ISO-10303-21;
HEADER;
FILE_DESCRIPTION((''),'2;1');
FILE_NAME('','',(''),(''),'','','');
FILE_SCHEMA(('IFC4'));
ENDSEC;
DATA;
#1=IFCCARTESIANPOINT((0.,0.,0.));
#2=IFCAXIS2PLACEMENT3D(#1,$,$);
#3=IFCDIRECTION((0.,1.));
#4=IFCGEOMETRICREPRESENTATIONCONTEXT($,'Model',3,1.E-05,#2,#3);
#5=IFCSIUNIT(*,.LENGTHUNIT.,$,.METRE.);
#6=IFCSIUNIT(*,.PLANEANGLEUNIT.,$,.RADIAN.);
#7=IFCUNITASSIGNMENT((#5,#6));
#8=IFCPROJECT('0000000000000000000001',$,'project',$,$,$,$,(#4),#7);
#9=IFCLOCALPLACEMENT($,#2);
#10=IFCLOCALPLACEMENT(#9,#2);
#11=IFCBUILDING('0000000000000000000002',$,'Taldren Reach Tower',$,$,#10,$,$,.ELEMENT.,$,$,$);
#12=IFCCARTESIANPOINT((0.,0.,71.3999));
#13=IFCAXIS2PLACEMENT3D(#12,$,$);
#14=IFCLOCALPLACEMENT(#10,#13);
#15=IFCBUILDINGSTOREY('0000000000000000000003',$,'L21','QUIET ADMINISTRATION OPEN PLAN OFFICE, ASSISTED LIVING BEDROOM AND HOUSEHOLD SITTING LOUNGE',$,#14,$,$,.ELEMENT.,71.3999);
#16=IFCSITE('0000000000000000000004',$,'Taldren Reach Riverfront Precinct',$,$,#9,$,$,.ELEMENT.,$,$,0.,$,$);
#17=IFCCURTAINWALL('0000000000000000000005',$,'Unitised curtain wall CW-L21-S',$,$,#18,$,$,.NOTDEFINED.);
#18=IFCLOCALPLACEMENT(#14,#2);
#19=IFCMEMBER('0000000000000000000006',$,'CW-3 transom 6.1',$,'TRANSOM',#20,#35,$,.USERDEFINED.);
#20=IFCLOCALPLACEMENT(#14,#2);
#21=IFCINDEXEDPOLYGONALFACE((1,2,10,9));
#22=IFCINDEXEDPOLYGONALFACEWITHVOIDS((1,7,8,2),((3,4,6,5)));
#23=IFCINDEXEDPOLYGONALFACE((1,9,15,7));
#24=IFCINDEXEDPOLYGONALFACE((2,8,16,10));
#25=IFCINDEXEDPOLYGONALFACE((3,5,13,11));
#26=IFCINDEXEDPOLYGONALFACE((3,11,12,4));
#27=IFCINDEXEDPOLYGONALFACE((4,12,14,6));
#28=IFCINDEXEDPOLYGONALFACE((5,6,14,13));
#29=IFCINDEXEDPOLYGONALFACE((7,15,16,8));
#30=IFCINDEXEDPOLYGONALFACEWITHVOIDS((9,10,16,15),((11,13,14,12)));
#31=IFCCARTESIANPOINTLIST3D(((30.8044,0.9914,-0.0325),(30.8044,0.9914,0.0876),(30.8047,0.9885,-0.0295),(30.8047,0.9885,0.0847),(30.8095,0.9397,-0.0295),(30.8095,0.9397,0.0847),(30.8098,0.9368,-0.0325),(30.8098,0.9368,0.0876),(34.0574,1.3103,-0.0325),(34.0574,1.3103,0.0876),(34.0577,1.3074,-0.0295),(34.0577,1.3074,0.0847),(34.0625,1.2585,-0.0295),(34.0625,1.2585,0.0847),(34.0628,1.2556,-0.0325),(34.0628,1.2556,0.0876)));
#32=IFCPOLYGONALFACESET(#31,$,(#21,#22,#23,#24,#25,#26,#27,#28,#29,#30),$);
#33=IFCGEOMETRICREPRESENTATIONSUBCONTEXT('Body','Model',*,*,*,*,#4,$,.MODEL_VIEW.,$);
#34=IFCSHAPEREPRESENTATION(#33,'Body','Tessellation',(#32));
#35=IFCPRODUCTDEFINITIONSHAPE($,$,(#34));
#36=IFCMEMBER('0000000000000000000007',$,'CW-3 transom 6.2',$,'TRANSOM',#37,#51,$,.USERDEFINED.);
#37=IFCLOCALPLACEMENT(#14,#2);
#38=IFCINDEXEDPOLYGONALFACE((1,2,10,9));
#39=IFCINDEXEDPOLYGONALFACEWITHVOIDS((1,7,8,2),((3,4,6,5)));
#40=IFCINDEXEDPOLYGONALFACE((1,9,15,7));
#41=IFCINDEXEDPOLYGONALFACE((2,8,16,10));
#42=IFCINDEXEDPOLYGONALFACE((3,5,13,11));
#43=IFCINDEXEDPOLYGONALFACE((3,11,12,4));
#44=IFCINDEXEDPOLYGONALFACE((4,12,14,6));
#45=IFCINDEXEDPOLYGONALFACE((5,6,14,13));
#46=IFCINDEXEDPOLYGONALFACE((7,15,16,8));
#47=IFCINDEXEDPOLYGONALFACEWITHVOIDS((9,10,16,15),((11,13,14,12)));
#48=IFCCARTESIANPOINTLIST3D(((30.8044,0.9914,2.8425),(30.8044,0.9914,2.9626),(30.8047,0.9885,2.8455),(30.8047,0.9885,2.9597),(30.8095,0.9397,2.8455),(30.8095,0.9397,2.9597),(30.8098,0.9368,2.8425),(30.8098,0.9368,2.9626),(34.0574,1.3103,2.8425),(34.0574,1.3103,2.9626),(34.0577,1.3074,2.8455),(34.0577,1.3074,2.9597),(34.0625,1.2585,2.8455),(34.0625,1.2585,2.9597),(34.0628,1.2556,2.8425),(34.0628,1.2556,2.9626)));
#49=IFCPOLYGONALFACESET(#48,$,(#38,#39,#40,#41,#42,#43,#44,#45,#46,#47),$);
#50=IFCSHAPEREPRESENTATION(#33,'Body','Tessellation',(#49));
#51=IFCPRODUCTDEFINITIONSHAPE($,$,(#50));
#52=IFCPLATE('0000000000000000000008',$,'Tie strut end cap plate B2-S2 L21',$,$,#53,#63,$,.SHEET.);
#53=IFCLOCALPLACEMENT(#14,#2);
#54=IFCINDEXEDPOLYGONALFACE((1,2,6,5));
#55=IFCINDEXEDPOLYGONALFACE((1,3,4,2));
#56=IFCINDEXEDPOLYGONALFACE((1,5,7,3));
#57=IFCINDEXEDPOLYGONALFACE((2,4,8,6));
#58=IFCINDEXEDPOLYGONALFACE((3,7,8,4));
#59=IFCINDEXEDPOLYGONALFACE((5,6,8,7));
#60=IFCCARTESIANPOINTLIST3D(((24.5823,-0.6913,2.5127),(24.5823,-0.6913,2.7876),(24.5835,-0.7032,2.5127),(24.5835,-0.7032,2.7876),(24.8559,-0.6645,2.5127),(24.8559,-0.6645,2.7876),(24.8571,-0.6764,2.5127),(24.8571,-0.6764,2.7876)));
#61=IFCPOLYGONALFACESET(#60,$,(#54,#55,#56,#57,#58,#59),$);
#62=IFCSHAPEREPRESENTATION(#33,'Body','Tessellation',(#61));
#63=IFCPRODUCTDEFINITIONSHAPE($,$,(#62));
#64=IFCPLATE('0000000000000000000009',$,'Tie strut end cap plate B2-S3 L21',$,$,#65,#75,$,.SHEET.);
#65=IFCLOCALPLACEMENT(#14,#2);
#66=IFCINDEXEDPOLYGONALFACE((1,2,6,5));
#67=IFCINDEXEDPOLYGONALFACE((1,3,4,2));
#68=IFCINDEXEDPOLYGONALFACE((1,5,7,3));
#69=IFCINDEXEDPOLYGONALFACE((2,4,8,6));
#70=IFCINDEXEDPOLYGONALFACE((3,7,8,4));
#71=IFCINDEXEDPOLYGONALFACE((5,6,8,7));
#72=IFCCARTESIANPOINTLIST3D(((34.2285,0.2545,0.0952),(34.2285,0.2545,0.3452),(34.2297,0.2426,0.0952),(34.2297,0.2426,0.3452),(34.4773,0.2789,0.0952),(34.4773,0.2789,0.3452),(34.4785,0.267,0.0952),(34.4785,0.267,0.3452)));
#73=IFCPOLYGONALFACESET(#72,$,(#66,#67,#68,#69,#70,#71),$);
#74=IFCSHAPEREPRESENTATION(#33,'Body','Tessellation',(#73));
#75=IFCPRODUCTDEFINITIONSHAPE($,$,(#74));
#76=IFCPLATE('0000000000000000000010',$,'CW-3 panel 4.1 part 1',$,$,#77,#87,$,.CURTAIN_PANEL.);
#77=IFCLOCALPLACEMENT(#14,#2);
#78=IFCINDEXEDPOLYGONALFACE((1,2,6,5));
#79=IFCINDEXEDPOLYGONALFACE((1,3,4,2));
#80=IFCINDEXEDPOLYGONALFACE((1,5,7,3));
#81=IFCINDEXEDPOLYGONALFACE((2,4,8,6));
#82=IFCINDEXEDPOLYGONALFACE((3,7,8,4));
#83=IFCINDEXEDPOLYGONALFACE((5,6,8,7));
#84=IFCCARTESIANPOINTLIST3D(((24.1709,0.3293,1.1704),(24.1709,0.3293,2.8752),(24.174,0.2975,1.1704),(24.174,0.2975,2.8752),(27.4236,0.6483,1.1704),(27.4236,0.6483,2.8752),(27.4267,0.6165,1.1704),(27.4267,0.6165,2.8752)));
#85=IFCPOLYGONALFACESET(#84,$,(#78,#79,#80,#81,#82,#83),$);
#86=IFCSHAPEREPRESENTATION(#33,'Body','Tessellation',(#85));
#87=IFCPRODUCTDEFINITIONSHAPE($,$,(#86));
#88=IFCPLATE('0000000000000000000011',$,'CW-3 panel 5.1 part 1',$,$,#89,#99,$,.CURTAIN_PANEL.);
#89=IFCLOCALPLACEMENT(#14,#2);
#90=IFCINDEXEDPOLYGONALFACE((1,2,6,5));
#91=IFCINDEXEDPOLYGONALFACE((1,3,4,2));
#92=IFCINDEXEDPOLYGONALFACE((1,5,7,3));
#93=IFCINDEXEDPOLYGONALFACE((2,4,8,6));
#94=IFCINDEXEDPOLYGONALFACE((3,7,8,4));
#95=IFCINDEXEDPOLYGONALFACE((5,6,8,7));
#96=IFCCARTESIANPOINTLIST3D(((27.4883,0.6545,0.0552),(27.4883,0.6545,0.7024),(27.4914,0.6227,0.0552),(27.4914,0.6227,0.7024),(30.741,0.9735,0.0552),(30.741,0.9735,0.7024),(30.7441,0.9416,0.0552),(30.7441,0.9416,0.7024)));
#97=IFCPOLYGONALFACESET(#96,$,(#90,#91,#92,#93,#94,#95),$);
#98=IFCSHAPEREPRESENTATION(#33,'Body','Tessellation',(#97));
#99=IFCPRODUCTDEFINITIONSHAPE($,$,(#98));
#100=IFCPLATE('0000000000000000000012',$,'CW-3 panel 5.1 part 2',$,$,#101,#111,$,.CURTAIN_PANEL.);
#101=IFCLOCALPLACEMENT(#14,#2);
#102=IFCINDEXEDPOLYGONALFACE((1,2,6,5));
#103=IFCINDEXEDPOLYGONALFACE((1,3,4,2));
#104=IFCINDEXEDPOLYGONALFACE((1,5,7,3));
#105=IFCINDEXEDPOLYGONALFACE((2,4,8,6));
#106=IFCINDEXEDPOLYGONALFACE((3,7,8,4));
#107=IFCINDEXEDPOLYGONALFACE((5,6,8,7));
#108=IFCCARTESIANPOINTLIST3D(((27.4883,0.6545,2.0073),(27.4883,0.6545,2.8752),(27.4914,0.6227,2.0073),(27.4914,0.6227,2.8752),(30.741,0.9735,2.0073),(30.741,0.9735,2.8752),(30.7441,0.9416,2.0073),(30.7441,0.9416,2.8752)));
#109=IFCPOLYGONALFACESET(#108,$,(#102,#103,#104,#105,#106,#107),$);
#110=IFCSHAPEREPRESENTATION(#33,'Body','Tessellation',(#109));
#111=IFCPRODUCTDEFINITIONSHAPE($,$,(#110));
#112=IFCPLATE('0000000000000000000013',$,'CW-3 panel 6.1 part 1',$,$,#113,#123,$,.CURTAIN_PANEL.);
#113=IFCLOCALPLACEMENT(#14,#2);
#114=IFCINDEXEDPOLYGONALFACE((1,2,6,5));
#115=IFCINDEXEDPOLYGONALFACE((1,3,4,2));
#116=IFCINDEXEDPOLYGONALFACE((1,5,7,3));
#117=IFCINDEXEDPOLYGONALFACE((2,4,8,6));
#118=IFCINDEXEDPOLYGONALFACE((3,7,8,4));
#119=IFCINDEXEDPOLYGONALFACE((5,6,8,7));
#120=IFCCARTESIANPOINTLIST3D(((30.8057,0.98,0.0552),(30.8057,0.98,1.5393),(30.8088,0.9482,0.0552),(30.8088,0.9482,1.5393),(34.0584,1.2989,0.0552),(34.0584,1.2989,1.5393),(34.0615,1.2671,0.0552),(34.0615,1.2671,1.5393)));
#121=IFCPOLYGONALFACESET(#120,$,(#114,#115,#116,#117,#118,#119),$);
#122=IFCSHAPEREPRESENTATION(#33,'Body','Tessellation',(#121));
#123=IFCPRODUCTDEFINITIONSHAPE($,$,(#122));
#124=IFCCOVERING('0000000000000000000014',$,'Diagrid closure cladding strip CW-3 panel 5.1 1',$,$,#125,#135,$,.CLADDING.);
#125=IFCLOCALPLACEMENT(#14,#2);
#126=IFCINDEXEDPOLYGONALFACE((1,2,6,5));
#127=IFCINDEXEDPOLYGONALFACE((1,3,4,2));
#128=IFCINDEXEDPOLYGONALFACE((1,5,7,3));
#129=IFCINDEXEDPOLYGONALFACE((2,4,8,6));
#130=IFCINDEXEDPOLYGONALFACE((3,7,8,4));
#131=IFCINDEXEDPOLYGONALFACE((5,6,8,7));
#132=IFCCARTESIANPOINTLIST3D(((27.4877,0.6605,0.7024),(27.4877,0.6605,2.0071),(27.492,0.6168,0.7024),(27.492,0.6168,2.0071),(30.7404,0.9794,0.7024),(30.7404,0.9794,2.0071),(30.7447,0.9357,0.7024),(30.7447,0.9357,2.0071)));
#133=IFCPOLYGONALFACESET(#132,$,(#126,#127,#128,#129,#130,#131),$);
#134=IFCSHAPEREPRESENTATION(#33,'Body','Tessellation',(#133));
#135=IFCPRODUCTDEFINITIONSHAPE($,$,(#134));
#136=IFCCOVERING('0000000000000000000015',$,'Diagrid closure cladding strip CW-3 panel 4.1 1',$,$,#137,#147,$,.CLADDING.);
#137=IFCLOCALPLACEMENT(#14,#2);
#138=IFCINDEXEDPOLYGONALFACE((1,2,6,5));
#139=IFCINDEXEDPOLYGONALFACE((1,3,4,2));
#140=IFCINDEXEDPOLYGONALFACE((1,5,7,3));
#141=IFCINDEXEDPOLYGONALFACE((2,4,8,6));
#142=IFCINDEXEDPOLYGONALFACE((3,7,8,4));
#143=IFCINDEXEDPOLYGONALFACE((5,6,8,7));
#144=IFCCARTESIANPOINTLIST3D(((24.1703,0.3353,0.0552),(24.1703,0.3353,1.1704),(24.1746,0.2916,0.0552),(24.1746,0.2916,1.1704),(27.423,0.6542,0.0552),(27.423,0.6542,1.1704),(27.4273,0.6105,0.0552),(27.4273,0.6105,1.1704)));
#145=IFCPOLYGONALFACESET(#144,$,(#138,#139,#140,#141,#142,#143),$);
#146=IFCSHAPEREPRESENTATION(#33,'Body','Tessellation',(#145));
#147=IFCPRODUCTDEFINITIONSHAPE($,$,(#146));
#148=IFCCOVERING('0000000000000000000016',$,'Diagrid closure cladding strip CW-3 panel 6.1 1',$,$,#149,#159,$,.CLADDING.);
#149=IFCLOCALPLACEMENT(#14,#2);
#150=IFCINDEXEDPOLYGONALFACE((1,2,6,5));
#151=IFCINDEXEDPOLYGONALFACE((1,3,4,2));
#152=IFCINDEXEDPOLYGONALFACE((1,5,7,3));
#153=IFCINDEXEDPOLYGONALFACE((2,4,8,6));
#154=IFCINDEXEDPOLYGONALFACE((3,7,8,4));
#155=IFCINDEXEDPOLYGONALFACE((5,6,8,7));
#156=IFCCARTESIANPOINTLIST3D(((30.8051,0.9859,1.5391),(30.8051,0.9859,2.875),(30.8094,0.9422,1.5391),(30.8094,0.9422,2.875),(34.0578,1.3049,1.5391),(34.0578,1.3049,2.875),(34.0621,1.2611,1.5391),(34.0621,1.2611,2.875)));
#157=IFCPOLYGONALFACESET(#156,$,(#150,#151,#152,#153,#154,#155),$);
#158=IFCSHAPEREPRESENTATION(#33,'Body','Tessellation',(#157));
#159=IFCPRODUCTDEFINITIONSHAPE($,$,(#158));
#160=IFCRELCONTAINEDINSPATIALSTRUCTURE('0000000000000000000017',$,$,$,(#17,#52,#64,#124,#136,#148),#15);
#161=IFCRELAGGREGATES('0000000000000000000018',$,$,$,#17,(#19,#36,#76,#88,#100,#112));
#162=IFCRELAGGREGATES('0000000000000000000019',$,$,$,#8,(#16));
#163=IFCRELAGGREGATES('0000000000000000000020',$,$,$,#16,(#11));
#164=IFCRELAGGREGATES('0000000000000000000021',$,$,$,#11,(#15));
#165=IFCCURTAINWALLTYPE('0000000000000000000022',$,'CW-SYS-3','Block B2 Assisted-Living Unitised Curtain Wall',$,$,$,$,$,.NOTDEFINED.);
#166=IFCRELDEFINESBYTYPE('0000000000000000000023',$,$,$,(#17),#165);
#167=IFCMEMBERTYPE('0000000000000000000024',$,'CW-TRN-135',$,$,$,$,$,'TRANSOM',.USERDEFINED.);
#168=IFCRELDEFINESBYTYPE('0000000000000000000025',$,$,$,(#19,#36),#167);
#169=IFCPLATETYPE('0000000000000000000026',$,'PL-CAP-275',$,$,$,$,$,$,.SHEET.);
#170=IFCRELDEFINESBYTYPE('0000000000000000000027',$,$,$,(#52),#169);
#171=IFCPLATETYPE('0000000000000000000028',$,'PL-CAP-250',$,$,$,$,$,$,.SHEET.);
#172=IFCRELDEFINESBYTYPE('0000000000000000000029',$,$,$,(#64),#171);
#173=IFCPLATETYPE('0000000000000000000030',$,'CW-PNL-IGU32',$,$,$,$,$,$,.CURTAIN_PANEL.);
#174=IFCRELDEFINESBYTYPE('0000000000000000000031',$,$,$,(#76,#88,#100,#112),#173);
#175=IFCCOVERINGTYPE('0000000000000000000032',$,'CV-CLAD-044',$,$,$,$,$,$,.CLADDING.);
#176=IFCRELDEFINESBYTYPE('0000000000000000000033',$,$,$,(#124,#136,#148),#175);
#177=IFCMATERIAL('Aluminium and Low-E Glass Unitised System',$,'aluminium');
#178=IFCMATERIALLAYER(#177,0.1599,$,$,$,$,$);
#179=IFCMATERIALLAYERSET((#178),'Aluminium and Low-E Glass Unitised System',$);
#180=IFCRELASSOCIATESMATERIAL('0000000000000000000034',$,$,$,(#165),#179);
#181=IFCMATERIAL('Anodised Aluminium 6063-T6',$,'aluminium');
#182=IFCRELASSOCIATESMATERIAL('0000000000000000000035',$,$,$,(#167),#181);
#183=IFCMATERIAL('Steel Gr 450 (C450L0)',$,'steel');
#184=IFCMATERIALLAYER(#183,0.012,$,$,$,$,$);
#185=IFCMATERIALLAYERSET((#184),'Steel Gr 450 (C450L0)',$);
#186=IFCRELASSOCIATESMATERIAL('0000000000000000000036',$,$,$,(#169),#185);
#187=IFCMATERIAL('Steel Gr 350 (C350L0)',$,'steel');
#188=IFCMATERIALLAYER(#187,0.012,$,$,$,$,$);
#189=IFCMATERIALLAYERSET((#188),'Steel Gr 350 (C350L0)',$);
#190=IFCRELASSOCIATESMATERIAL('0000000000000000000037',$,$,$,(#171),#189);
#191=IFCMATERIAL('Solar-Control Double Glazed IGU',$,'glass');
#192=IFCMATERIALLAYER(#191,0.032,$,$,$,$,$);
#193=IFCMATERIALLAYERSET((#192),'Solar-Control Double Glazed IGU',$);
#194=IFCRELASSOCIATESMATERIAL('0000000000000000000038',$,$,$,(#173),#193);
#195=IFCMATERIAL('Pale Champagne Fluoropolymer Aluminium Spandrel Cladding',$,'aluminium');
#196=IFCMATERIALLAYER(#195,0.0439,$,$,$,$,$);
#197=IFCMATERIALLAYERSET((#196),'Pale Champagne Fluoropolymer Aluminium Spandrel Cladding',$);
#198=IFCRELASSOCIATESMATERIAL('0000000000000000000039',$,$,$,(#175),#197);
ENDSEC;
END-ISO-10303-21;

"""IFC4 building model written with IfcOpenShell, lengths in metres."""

from ifc_helpers import new_model, si_unit, direction, frame, origin, origin_2d, place, context, subcontext, project, spatial, rectangle, hollow_rectangle, extrude, source, transform, mapped, material, layer, layer_set, material_profile, profile_set, type_object, element, aggregate, save


model = new_model("IFC4")

# Units and contexts
model_context = context("Model", 3, precision=1e-05, world=origin(), true_north=direction((0.0, 1.0)))
body_context = subcontext(model_context, "Body", "Model", "MODEL_VIEW")
ifc_project = project(units=[si_unit("LENGTHUNIT", "METRE"), si_unit("PLANEANGLEUNIT", "RADIAN")], contexts=[model_context])

# Site, building, storey
site_placement = place(None, origin())
site = spatial("IfcSite", under=ifc_project, at=site_placement, Name="Taldren Reach Riverfront Precinct", CompositionType="ELEMENT", RefElevation=0.0)
building_placement = place(site_placement, origin())
building = spatial("IfcBuilding", under=site, at=building_placement, Name="Taldren Reach Tower", CompositionType="ELEMENT")
storey_placement = place(building_placement, frame((0.0, 0.0, 71.3999)))
storey = spatial("IfcBuildingStorey", under=building, at=storey_placement, Name="L21", Description="QUIET ADMINISTRATION OPEN PLAN OFFICE, ASSISTED LIVING BEDROOM AND HOUSEHOLD SITTING LOUNGE", CompositionType="ELEMENT", Elevation=71.3999)

# Shared definitions
ifc_material_1 = material(Name="Steel Gr 450 (C450L0)", Category="steel")
ifc_material_2 = material(Name="Steel Gr 350 (C350L0)", Category="steel")

# Curtain wall, members
ifc_material_3 = material(Name="Aluminium and Low-E Glass Unitised System", Category="aluminium")
ifc_layer_1 = layer(ifc_material_3, 0.1599)
ifc_layer_set_1 = layer_set([ifc_layer_1], Name="Aluminium and Low-E Glass Unitised System")
curtain_wall_type = type_object("IfcCurtainWallType", Name="CW-SYS-3", Description="Block B2 Assisted-Living Unitised Curtain Wall", PredefinedType="NOTDEFINED", material=ifc_layer_set_1)
curtain_wall_placement = place(storey_placement, origin())
curtain_wall = element("IfcCurtainWall", 1, at=curtain_wall_placement, inside=storey, type_object=curtain_wall_type, Name="Unitised curtain wall CW-L21-S", PredefinedType="NOTDEFINED")
ifc_material_4 = material(Name="Anodised Aluminium 6063-T6", Category="aluminium")
ifc_material_profile_1 = material_profile(ifc_material_4, hollow_rectangle(XDim=0.0549, YDim=0.1201, WallThickness=0.0029, at=origin_2d()), Name="ALU-120x55x3RHS")
ifc_profile_set_1 = profile_set([ifc_material_profile_1], Name="Anodised Aluminium 6063-T6")
member_type_1 = type_object("IfcMemberType", Name="CW-TRN-135", ElementType="TRANSOM", PredefinedType="USERDEFINED", material=ifc_profile_set_1)
shared_shape_1 = source(origin(), body_context, "Body", "SweptSolid", [
    extrude(hollow_rectangle(XDim=0.0549, YDim=0.1201, WallThickness=0.0029, at=origin_2d()), origin(), (0.0, 0.0, 1.0), 3.2686),
])
member_1_placement = place(storey_placement, frame((30.8071, 0.9641, 0.0276), z_axis=(0.995231, 0.097551, 0.0), x_axis=(-0.097551, 0.995231, 0.0)))
member_1 = element("IfcMember", 2, at=member_1_placement, type_object=member_type_1, Name="CW-3 transom 6.1", ObjectType="TRANSOM", PredefinedType="USERDEFINED", context=body_context, shape_type="MappedRepresentation", body=[
    mapped(shared_shape_1, transform((0.0, 0.0, 0.0), scale=1.0)),
])
member_2_placement = place(storey_placement, frame((30.8071, 0.9641, 2.9026), z_axis=(0.995231, 0.097551, 0.0), x_axis=(-0.097551, 0.995231, 0.0)))
member_2 = element("IfcMember", 3, at=member_2_placement, type_object=member_type_1, Name="CW-3 transom 6.2", ObjectType="TRANSOM", PredefinedType="USERDEFINED", context=body_context, shape_type="MappedRepresentation", body=[
    mapped(shared_shape_1, transform((0.0, 0.0, 0.0), scale=1.0)),
])

# Plates
ifc_layer_2 = layer(ifc_material_1, 0.012)
ifc_layer_set_2 = layer_set([ifc_layer_2], Name="Steel Gr 450 (C450L0)")
plate_type_1 = type_object("IfcPlateType", Name="PL-CAP-275", PredefinedType="SHEET", material=ifc_layer_set_2)
shared_shape_2 = source(origin(), body_context, "Body", "SweptSolid", [
    extrude(rectangle(XDim=0.2749, YDim=0.012, at=origin_2d()), origin(), (0.0, 0.0, 1.0), 0.2749),
])
plate_1_placement = place(storey_placement, frame((24.7197, -0.6838, 2.5127), z_axis=(0.0, 0.0, 1.0), x_axis=(0.995227, 0.097583, 0.0)))
element("IfcPlate", 4, at=plate_1_placement, inside=storey, type_object=plate_type_1, Name="Tie strut end cap plate B2-S2 L21", PredefinedType="SHEET", context=body_context, shape_type="MappedRepresentation", body=[
    mapped(shared_shape_2, transform((0.0, 0.0, 0.0), scale=1.0)),
])
ifc_layer_3 = layer(ifc_material_2, 0.012)
ifc_layer_set_3 = layer_set([ifc_layer_3], Name="Steel Gr 350 (C350L0)")
plate_type_2 = type_object("IfcPlateType", Name="PL-CAP-250", PredefinedType="SHEET", material=ifc_layer_set_3)
shared_shape_3 = source(origin(), body_context, "Body", "SweptSolid", [
    extrude(rectangle(XDim=0.25, YDim=0.012, at=origin_2d()), origin(), (0.0, 0.0, 1.0), 0.25),
])
plate_2_placement = place(storey_placement, frame((34.3535, 0.2607, 0.0952), z_axis=(0.0, 0.0, 1.0), x_axis=(0.995227, 0.097583, 0.0)))
element("IfcPlate", 5, at=plate_2_placement, inside=storey, type_object=plate_type_2, Name="Tie strut end cap plate B2-S3 L21", PredefinedType="SHEET", context=body_context, shape_type="MappedRepresentation", body=[
    mapped(shared_shape_3, transform((0.0, 0.0, 0.0), scale=1.0)),
])

# Plates
ifc_material_5 = material(Name="Solar-Control Double Glazed IGU", Category="glass")
ifc_layer_4 = layer(ifc_material_5, 0.032)
ifc_layer_set_4 = layer_set([ifc_layer_4], Name="Solar-Control Double Glazed IGU")
plate_type_3 = type_object("IfcPlateType", Name="CW-PNL-IGU32", PredefinedType="CURTAIN_PANEL", material=ifc_layer_set_4)
shared_shape_4 = source(origin(), body_context, "Body", "SweptSolid", [
    extrude(rectangle(XDim=3.2683, YDim=0.032, at=origin_2d()), origin(), (0.0, 0.0, 1.0), 1.7048),
])
plate_3_placement = place(storey_placement, frame((25.7988, 0.4729, 1.1704), z_axis=(0.0, 0.0, 1.0), x_axis=(0.995227, 0.097583, 0.0)))
plate_3 = element("IfcPlate", 6, at=plate_3_placement, type_object=plate_type_3, Name="CW-3 panel 4.1 part 1", PredefinedType="CURTAIN_PANEL", context=body_context, shape_type="MappedRepresentation", body=[
    mapped(shared_shape_4, transform((0.0, 0.0, 0.0), scale=1.0)),
])
shared_shape_5 = source(origin(), body_context, "Body", "SweptSolid", [
    extrude(rectangle(XDim=3.2683, YDim=0.032, at=origin_2d()), origin(), (0.0, 0.0, 1.0), 0.6472),
])
plate_4_placement = place(storey_placement, frame((29.1162, 0.7981, 0.0552), z_axis=(0.0, 0.0, 1.0), x_axis=(0.995227, 0.097583, 0.0)))
plate_4 = element("IfcPlate", 7, at=plate_4_placement, type_object=plate_type_3, Name="CW-3 panel 5.1 part 1", PredefinedType="CURTAIN_PANEL", context=body_context, shape_type="MappedRepresentation", body=[
    mapped(shared_shape_5, transform((0.0, 0.0, 0.0), scale=1.0)),
])
shared_shape_6 = source(origin(), body_context, "Body", "SweptSolid", [
    extrude(rectangle(XDim=3.2683, YDim=0.032, at=origin_2d()), origin(), (0.0, 0.0, 1.0), 0.8679),
])
plate_5_placement = place(storey_placement, frame((29.1162, 0.7981, 2.0073), z_axis=(0.0, 0.0, 1.0), x_axis=(0.995227, 0.097583, 0.0)))
plate_5 = element("IfcPlate", 8, at=plate_5_placement, type_object=plate_type_3, Name="CW-3 panel 5.1 part 2", PredefinedType="CURTAIN_PANEL", context=body_context, shape_type="MappedRepresentation", body=[
    mapped(shared_shape_6, transform((0.0, 0.0, 0.0), scale=1.0)),
])
shared_shape_7 = source(origin(), body_context, "Body", "SweptSolid", [
    extrude(rectangle(XDim=3.2683, YDim=0.032, at=origin_2d()), origin(), (0.0, 0.0, 1.0), 1.4841),
])
plate_6_placement = place(storey_placement, frame((32.4336, 1.1235, 0.0552), z_axis=(0.0, 0.0, 1.0), x_axis=(0.995227, 0.097583, 0.0)))
plate_6 = element("IfcPlate", 9, at=plate_6_placement, type_object=plate_type_3, Name="CW-3 panel 6.1 part 1", PredefinedType="CURTAIN_PANEL", context=body_context, shape_type="MappedRepresentation", body=[
    mapped(shared_shape_7, transform((0.0, 0.0, 0.0), scale=1.0)),
])
aggregate(curtain_wall, [member_1, member_2, plate_3, plate_4, plate_5, plate_6])

# Coverings
ifc_material_6 = material(Name="Pale Champagne Fluoropolymer Aluminium Spandrel Cladding", Category="aluminium")
ifc_layer_5 = layer(ifc_material_6, 0.0439)
ifc_layer_set_5 = layer_set([ifc_layer_5], Name="Pale Champagne Fluoropolymer Aluminium Spandrel Cladding")
covering_type = type_object("IfcCoveringType", Name="CV-CLAD-044", PredefinedType="CLADDING", material=ifc_layer_set_5)
shared_shape_8 = source(origin(), body_context, "Body", "SweptSolid", [
    extrude(rectangle(XDim=3.2683, YDim=0.0439, at=origin_2d()), origin(), (0.0, 0.0, 1.0), 1.3047),
])
covering_1_placement = place(storey_placement, frame((29.1162, 0.7981, 0.7024), z_axis=(0.0, 0.0, 1.0), x_axis=(0.995227, 0.097583, 0.0)))
element("IfcCovering", 10, at=covering_1_placement, inside=storey, type_object=covering_type, Name="Diagrid closure cladding strip CW-3 panel 5.1 1", PredefinedType="CLADDING", context=body_context, shape_type="MappedRepresentation", body=[
    mapped(shared_shape_8, transform((0.0, 0.0, 0.0), scale=1.0)),
])
shared_shape_9 = source(origin(), body_context, "Body", "SweptSolid", [
    extrude(rectangle(XDim=3.2683, YDim=0.0439, at=origin_2d()), origin(), (0.0, 0.0, 1.0), 1.1152),
])
covering_2_placement = place(storey_placement, frame((25.7988, 0.4729, 0.0552), z_axis=(0.0, 0.0, 1.0), x_axis=(0.995227, 0.097583, 0.0)))
element("IfcCovering", 11, at=covering_2_placement, inside=storey, type_object=covering_type, Name="Diagrid closure cladding strip CW-3 panel 4.1 1", PredefinedType="CLADDING", context=body_context, shape_type="MappedRepresentation", body=[
    mapped(shared_shape_9, transform((0.0, 0.0, 0.0), scale=1.0)),
])
shared_shape_10 = source(origin(), body_context, "Body", "SweptSolid", [
    extrude(rectangle(XDim=3.2683, YDim=0.0439, at=origin_2d()), origin(), (0.0, 0.0, 1.0), 1.3359),
])
covering_3_placement = place(storey_placement, frame((32.4336, 1.1235, 1.5391), z_axis=(0.0, 0.0, 1.0), x_axis=(0.995227, 0.097583, 0.0)))
element("IfcCovering", 12, at=covering_3_placement, inside=storey, type_object=covering_type, Name="Diagrid closure cladding strip CW-3 panel 6.1 1", PredefinedType="CLADDING", context=body_context, shape_type="MappedRepresentation", body=[
    mapped(shared_shape_10, transform((0.0, 0.0, 0.0), scale=1.0)),
])

save(model, "model.ifc")
